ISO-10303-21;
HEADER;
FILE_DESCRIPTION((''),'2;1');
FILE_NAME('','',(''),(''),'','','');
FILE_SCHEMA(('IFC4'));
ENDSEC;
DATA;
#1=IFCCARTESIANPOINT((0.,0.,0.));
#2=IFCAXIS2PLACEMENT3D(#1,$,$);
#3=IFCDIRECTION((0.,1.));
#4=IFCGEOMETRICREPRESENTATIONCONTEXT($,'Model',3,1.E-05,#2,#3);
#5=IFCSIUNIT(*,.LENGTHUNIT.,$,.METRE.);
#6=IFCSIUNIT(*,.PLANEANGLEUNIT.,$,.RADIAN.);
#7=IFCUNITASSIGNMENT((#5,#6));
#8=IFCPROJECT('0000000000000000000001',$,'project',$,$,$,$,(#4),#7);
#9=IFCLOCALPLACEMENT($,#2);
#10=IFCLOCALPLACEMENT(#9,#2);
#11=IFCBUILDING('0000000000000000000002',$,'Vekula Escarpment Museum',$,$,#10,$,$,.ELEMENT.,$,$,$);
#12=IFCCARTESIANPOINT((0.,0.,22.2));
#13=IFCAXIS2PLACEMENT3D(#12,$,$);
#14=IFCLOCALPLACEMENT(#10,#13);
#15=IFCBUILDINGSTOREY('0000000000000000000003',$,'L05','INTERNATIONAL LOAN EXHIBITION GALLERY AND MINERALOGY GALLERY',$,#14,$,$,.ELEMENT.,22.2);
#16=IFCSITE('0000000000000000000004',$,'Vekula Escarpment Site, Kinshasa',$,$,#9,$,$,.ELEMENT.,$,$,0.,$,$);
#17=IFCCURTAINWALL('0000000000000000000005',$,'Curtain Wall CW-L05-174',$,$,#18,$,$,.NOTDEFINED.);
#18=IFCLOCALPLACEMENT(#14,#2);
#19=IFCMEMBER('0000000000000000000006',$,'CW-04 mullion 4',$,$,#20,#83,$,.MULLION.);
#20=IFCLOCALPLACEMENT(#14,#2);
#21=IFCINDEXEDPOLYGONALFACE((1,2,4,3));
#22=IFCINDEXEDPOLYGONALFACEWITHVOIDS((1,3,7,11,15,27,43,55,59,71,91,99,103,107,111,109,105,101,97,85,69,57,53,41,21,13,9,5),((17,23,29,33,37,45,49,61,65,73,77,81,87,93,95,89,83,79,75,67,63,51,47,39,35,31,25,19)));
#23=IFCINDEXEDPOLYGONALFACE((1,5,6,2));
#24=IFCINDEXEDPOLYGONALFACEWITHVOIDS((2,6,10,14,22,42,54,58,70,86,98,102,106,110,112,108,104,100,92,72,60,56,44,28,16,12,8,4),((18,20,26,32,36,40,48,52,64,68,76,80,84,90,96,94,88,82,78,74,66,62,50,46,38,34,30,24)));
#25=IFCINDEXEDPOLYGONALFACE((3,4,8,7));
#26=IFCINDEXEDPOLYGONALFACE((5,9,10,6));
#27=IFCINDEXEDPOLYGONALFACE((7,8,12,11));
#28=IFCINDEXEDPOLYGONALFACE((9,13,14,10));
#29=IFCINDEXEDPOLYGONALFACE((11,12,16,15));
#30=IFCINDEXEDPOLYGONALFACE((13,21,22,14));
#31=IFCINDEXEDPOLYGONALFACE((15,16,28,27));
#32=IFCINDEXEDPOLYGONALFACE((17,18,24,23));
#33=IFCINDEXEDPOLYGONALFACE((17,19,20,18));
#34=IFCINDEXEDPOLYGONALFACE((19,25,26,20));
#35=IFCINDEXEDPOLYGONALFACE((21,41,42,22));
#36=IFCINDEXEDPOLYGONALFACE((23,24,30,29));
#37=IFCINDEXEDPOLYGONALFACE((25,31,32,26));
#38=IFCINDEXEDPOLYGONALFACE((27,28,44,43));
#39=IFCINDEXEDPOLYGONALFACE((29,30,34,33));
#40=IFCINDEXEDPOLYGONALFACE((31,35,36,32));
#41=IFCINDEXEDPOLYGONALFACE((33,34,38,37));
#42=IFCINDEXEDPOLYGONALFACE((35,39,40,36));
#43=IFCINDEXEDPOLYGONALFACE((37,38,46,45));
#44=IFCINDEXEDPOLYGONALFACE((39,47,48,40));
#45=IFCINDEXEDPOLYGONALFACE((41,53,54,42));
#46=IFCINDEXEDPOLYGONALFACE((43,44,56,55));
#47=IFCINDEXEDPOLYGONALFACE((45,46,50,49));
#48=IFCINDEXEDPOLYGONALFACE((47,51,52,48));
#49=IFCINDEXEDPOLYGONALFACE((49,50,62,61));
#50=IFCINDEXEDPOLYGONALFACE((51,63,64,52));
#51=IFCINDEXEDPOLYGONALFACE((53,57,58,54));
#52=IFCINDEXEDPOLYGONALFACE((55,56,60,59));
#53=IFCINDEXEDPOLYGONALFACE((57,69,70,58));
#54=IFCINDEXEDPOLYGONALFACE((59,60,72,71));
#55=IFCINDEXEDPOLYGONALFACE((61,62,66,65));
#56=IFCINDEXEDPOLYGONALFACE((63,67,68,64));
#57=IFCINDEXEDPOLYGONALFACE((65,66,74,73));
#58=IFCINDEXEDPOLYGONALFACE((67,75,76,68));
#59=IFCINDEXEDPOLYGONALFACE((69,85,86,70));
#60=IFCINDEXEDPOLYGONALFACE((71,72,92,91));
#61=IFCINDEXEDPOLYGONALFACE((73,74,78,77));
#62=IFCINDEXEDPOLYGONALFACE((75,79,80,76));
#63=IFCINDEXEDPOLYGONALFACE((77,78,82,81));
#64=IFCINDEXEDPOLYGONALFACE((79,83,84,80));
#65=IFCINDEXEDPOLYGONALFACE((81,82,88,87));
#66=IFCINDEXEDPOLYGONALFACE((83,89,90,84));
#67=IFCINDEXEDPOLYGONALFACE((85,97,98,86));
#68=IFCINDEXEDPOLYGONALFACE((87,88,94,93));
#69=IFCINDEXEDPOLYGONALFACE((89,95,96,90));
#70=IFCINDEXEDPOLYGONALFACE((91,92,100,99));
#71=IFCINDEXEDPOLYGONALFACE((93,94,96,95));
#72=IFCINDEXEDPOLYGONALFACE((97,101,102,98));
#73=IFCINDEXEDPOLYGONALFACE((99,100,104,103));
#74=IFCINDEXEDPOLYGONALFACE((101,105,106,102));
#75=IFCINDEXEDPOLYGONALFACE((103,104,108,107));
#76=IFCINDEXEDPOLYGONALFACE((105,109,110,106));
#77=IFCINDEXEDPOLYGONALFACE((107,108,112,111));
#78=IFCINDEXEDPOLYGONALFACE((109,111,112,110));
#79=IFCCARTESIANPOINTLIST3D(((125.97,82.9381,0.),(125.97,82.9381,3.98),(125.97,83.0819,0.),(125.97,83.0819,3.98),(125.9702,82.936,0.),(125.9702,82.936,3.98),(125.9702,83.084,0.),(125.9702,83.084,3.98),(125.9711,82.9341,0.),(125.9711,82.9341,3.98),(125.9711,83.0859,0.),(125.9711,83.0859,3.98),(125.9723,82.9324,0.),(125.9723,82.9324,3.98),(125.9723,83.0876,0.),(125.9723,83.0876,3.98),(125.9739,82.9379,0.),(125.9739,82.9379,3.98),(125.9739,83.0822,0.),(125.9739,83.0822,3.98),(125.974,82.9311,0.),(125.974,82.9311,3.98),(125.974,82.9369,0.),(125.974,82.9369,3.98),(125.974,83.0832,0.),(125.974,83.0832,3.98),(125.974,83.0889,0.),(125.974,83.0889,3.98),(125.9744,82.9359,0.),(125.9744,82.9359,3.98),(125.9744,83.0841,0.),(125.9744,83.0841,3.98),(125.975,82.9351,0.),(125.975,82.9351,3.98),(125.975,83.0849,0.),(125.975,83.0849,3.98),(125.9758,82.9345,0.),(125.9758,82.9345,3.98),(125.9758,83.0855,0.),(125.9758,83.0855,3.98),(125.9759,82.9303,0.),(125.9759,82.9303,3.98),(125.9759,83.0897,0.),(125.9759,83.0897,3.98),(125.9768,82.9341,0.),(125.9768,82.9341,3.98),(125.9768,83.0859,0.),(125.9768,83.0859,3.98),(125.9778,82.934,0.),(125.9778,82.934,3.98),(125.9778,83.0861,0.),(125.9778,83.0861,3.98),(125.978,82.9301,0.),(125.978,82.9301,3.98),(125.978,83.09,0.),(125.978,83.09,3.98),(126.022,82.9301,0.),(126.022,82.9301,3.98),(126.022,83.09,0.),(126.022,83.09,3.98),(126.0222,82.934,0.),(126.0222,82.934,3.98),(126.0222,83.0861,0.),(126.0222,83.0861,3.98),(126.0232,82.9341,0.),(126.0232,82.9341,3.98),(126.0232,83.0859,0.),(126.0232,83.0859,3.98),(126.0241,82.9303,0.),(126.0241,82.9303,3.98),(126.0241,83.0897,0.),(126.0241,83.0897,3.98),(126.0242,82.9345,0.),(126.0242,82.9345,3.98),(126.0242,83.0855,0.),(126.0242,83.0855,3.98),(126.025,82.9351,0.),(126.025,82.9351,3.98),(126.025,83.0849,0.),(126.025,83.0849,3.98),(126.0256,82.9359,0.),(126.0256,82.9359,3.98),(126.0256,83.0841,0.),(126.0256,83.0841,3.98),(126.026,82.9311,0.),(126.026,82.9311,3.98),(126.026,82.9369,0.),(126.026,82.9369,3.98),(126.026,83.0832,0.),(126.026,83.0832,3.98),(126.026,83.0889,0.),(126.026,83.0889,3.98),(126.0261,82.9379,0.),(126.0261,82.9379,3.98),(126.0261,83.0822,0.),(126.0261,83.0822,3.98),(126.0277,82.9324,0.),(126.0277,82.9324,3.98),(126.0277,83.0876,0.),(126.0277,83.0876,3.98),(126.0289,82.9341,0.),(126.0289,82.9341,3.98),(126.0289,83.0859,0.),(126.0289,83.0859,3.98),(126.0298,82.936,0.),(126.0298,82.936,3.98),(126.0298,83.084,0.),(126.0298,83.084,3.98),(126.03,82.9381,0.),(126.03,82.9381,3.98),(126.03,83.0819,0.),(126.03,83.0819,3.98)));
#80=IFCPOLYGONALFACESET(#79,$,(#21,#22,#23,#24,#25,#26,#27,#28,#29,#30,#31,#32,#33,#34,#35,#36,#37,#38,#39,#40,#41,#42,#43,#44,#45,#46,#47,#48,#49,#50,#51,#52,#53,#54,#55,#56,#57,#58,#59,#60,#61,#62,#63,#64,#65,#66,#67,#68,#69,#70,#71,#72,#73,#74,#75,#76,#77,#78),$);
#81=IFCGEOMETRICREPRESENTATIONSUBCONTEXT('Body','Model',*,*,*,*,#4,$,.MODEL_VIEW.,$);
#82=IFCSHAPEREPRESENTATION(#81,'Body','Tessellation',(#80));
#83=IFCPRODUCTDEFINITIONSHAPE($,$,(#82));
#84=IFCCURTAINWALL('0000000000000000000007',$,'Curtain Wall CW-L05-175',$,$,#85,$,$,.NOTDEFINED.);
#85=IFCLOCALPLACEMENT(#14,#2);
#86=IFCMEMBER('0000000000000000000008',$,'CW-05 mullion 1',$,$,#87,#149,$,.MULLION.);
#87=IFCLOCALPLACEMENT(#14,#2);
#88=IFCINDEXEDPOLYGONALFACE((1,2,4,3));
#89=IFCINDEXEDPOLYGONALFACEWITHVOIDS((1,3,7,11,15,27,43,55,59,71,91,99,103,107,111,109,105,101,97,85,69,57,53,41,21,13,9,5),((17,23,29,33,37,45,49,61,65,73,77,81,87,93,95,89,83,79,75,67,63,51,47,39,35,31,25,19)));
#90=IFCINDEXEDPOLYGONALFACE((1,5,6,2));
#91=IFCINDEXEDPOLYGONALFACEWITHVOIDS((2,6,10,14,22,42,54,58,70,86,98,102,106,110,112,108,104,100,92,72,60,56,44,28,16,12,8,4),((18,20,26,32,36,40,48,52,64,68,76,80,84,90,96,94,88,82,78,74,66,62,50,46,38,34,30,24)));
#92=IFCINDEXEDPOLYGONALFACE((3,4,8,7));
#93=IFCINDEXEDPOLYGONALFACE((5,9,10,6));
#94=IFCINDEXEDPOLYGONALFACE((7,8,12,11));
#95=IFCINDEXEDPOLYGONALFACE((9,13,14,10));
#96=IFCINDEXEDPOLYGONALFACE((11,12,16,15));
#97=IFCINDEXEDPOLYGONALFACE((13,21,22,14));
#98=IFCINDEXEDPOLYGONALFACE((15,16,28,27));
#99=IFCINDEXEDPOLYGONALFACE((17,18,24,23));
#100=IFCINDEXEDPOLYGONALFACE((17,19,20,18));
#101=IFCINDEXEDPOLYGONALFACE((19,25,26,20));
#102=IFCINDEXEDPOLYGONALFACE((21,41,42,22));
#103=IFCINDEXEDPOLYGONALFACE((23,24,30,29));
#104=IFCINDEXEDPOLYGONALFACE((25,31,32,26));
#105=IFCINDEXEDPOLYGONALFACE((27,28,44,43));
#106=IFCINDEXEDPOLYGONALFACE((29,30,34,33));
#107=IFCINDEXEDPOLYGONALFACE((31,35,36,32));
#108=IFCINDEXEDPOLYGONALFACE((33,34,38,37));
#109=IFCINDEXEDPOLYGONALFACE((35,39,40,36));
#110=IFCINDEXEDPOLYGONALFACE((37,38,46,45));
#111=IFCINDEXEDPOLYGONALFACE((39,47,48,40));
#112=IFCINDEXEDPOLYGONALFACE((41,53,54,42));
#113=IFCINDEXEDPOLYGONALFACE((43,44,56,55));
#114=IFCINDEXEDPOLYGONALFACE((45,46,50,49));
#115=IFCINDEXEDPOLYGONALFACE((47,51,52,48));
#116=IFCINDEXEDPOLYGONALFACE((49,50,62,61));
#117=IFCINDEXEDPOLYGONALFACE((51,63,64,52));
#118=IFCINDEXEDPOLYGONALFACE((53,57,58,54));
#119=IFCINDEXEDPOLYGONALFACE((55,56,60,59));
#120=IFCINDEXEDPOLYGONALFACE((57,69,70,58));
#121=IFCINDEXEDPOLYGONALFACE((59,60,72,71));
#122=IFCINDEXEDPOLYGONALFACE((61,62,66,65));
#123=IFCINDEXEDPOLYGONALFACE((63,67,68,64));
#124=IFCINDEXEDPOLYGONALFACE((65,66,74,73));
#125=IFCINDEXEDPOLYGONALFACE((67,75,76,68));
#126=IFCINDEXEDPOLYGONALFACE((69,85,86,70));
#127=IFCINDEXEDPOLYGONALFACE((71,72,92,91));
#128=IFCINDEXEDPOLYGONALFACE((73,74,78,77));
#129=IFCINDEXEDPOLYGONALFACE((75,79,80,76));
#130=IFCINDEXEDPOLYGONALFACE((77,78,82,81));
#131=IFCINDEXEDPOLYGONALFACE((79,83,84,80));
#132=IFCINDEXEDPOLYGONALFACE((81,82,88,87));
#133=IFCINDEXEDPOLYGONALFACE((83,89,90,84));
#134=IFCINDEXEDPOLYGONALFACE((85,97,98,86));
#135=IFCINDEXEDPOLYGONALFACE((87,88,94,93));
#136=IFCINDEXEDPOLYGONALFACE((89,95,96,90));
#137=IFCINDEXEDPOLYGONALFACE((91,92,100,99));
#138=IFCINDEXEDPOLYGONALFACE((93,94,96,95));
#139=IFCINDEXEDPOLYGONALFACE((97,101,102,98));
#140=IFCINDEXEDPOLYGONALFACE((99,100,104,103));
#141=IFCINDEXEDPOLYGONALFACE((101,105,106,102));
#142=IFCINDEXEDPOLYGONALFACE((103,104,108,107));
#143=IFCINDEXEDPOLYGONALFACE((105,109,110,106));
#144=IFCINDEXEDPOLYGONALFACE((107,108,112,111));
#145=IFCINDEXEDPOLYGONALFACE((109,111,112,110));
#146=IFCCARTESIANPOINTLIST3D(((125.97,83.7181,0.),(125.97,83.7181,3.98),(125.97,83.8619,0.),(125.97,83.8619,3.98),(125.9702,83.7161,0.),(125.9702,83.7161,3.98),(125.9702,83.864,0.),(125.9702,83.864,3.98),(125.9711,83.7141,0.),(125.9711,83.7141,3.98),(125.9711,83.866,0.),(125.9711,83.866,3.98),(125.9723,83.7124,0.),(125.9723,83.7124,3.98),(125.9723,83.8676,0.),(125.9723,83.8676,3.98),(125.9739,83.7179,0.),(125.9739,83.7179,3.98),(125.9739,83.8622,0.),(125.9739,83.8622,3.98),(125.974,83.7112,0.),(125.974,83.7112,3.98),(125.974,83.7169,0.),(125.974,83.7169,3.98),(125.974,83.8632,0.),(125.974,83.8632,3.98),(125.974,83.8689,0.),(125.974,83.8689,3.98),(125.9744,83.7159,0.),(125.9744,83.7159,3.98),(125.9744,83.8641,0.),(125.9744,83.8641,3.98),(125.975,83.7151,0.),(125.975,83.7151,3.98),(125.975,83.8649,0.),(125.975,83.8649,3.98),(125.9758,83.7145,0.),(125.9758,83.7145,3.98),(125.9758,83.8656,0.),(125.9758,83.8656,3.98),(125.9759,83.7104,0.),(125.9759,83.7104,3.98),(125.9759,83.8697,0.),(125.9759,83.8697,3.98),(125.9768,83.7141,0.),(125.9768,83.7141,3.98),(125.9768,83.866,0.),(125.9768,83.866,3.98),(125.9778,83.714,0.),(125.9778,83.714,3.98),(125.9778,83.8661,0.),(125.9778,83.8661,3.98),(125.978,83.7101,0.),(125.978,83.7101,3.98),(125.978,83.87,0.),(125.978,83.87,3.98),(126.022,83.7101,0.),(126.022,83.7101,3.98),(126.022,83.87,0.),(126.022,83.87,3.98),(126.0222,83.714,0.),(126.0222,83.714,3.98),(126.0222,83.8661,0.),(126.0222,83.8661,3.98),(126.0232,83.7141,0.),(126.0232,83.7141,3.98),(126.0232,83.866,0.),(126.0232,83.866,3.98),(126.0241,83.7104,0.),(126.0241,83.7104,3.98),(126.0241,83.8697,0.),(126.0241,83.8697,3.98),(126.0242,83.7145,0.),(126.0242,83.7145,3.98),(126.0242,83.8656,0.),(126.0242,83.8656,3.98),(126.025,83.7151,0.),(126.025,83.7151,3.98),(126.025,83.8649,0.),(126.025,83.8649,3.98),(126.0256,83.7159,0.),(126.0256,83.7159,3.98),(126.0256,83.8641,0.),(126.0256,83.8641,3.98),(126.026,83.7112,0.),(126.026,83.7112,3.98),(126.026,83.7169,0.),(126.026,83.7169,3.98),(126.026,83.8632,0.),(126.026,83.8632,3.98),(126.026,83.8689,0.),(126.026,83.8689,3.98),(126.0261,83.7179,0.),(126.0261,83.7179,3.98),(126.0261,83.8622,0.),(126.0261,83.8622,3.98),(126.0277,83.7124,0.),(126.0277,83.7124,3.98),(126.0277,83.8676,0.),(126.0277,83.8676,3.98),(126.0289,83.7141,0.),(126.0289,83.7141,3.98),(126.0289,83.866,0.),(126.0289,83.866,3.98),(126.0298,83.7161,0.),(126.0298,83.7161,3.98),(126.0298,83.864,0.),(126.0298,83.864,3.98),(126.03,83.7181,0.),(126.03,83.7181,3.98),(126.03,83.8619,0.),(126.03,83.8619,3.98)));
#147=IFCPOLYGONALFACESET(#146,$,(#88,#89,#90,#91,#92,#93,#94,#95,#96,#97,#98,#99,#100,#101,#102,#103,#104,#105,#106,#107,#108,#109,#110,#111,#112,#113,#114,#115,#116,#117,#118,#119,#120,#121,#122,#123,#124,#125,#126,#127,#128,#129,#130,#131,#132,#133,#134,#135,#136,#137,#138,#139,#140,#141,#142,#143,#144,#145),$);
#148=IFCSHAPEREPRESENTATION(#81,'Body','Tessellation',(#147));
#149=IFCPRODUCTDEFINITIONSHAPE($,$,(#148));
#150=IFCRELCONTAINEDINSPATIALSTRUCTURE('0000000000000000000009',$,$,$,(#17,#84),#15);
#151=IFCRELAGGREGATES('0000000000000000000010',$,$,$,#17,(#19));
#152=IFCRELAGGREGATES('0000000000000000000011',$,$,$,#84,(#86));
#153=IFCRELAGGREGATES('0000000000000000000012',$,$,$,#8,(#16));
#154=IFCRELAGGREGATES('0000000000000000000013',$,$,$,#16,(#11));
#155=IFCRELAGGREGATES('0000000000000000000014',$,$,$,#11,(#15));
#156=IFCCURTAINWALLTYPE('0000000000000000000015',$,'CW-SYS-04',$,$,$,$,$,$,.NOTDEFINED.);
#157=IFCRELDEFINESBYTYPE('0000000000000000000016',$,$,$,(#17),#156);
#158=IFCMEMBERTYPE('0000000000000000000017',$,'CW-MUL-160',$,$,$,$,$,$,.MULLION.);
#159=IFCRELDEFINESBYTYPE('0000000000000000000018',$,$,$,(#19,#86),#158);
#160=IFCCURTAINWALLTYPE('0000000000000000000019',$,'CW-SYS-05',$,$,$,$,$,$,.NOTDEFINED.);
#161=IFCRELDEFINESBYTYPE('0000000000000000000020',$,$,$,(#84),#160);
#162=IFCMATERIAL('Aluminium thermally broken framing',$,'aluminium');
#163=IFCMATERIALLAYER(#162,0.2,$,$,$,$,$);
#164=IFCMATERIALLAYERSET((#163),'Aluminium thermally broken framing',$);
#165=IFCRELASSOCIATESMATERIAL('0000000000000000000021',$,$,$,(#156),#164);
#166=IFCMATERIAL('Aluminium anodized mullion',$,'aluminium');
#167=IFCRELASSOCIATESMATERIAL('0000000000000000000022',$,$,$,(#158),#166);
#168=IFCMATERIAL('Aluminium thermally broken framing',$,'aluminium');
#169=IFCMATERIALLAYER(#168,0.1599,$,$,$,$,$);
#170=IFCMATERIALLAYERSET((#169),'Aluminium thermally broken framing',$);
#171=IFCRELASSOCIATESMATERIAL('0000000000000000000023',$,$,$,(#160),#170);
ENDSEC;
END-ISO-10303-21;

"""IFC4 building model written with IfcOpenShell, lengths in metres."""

from ifc_helpers import new_model, si_unit, direction, frame, origin, origin_2d, place, context, subcontext, project, spatial, hollow_rectangle, extrude, material, layer, layer_set, material_profile, profile_set, type_object, element, aggregate, save


model = new_model("IFC4")

# Units and contexts
model_context = context("Model", 3, precision=1e-05, world=origin(), true_north=direction((0.0, 1.0)))
body_context = subcontext(model_context, "Body", "Model", "MODEL_VIEW")
ifc_project = project(units=[si_unit("LENGTHUNIT", "METRE"), si_unit("PLANEANGLEUNIT", "RADIAN")], contexts=[model_context])

# Site, building, storey
site_placement = place(None, origin())
site = spatial("IfcSite", under=ifc_project, at=site_placement, Name="Vekula Escarpment Site, Kinshasa", CompositionType="ELEMENT", RefElevation=0.0)
building_placement = place(site_placement, origin())
building = spatial("IfcBuilding", under=site, at=building_placement, Name="Vekula Escarpment Museum", CompositionType="ELEMENT")
storey_placement = place(building_placement, frame((0.0, 0.0, 22.2)))
storey = spatial("IfcBuildingStorey", under=building, at=storey_placement, Name="L05", Description="INTERNATIONAL LOAN EXHIBITION GALLERY AND MINERALOGY GALLERY", CompositionType="ELEMENT", Elevation=22.2)

# Curtain wall, member
ifc_material_1 = material(Name="Aluminium thermally broken framing", Category="aluminium")
ifc_layer_1 = layer(ifc_material_1, 0.2)
ifc_layer_set_1 = layer_set([ifc_layer_1], Name="Aluminium thermally broken framing")
curtain_wall_type_1 = type_object("IfcCurtainWallType", Name="CW-SYS-04", PredefinedType="NOTDEFINED", material=ifc_layer_set_1)
curtain_wall_1_placement = place(storey_placement, origin())
curtain_wall_1 = element("IfcCurtainWall", 1, at=curtain_wall_1_placement, inside=storey, type_object=curtain_wall_type_1, Name="Curtain Wall CW-L05-174", PredefinedType="NOTDEFINED")
ifc_material_2 = material(Name="Aluminium anodized mullion", Category="aluminium")
ifc_material_profile_1 = material_profile(ifc_material_2, hollow_rectangle(XDim=0.0601, YDim=0.1599, WallThickness=0.0039, InnerFilletRadius=0.0039, OuterFilletRadius=0.0081, at=origin_2d()), Name="ALU 160x60x4")
ifc_profile_set_1 = profile_set([ifc_material_profile_1], Name="Aluminium anodized mullion")
member_type_1 = type_object("IfcMemberType", Name="CW-MUL-160", PredefinedType="MULLION", material=ifc_profile_set_1)
member_1_placement = place(storey_placement, frame((126.0, 83.01, 0.0), z_axis=(0.0, 0.0, 1.0), x_axis=(-1.0, 0.0, 0.0)))
member_1 = element("IfcMember", 2, at=member_1_placement, type_object=member_type_1, Name="CW-04 mullion 4", PredefinedType="MULLION", context=body_context, shape_type="SweptSolid", body=[
    extrude(hollow_rectangle(XDim=0.0601, YDim=0.1599, WallThickness=0.0039, InnerFilletRadius=0.0039, OuterFilletRadius=0.0081, at=origin_2d()), origin(), (0.0, 0.0, 1.0), 3.98),
])

# Curtain wall, member
ifc_material_3 = material(Name="Aluminium thermally broken framing", Category="aluminium")
ifc_layer_2 = layer(ifc_material_3, 0.1599)
ifc_layer_set_2 = layer_set([ifc_layer_2], Name="Aluminium thermally broken framing")
curtain_wall_type_2 = type_object("IfcCurtainWallType", Name="CW-SYS-05", PredefinedType="NOTDEFINED", material=ifc_layer_set_2)
curtain_wall_2_placement = place(storey_placement, origin())
curtain_wall_2 = element("IfcCurtainWall", 3, at=curtain_wall_2_placement, inside=storey, type_object=curtain_wall_type_2, Name="Curtain Wall CW-L05-175", PredefinedType="NOTDEFINED")
member_2_placement = place(storey_placement, frame((126.0, 83.79, 0.0), z_axis=(0.0, 0.0, 1.0), x_axis=(-1.0, 0.0, 0.0)))
member_2 = element("IfcMember", 4, at=member_2_placement, type_object=member_type_1, Name="CW-05 mullion 1", PredefinedType="MULLION", context=body_context, shape_type="SweptSolid", body=[
    extrude(hollow_rectangle(XDim=0.0601, YDim=0.1599, WallThickness=0.0039, InnerFilletRadius=0.0039, OuterFilletRadius=0.0081, at=origin_2d()), origin(), (0.0, 0.0, 1.0), 3.98),
])

aggregate(curtain_wall_1, [member_1])
aggregate(curtain_wall_2, [member_2])

save(model, "model.ifc")
